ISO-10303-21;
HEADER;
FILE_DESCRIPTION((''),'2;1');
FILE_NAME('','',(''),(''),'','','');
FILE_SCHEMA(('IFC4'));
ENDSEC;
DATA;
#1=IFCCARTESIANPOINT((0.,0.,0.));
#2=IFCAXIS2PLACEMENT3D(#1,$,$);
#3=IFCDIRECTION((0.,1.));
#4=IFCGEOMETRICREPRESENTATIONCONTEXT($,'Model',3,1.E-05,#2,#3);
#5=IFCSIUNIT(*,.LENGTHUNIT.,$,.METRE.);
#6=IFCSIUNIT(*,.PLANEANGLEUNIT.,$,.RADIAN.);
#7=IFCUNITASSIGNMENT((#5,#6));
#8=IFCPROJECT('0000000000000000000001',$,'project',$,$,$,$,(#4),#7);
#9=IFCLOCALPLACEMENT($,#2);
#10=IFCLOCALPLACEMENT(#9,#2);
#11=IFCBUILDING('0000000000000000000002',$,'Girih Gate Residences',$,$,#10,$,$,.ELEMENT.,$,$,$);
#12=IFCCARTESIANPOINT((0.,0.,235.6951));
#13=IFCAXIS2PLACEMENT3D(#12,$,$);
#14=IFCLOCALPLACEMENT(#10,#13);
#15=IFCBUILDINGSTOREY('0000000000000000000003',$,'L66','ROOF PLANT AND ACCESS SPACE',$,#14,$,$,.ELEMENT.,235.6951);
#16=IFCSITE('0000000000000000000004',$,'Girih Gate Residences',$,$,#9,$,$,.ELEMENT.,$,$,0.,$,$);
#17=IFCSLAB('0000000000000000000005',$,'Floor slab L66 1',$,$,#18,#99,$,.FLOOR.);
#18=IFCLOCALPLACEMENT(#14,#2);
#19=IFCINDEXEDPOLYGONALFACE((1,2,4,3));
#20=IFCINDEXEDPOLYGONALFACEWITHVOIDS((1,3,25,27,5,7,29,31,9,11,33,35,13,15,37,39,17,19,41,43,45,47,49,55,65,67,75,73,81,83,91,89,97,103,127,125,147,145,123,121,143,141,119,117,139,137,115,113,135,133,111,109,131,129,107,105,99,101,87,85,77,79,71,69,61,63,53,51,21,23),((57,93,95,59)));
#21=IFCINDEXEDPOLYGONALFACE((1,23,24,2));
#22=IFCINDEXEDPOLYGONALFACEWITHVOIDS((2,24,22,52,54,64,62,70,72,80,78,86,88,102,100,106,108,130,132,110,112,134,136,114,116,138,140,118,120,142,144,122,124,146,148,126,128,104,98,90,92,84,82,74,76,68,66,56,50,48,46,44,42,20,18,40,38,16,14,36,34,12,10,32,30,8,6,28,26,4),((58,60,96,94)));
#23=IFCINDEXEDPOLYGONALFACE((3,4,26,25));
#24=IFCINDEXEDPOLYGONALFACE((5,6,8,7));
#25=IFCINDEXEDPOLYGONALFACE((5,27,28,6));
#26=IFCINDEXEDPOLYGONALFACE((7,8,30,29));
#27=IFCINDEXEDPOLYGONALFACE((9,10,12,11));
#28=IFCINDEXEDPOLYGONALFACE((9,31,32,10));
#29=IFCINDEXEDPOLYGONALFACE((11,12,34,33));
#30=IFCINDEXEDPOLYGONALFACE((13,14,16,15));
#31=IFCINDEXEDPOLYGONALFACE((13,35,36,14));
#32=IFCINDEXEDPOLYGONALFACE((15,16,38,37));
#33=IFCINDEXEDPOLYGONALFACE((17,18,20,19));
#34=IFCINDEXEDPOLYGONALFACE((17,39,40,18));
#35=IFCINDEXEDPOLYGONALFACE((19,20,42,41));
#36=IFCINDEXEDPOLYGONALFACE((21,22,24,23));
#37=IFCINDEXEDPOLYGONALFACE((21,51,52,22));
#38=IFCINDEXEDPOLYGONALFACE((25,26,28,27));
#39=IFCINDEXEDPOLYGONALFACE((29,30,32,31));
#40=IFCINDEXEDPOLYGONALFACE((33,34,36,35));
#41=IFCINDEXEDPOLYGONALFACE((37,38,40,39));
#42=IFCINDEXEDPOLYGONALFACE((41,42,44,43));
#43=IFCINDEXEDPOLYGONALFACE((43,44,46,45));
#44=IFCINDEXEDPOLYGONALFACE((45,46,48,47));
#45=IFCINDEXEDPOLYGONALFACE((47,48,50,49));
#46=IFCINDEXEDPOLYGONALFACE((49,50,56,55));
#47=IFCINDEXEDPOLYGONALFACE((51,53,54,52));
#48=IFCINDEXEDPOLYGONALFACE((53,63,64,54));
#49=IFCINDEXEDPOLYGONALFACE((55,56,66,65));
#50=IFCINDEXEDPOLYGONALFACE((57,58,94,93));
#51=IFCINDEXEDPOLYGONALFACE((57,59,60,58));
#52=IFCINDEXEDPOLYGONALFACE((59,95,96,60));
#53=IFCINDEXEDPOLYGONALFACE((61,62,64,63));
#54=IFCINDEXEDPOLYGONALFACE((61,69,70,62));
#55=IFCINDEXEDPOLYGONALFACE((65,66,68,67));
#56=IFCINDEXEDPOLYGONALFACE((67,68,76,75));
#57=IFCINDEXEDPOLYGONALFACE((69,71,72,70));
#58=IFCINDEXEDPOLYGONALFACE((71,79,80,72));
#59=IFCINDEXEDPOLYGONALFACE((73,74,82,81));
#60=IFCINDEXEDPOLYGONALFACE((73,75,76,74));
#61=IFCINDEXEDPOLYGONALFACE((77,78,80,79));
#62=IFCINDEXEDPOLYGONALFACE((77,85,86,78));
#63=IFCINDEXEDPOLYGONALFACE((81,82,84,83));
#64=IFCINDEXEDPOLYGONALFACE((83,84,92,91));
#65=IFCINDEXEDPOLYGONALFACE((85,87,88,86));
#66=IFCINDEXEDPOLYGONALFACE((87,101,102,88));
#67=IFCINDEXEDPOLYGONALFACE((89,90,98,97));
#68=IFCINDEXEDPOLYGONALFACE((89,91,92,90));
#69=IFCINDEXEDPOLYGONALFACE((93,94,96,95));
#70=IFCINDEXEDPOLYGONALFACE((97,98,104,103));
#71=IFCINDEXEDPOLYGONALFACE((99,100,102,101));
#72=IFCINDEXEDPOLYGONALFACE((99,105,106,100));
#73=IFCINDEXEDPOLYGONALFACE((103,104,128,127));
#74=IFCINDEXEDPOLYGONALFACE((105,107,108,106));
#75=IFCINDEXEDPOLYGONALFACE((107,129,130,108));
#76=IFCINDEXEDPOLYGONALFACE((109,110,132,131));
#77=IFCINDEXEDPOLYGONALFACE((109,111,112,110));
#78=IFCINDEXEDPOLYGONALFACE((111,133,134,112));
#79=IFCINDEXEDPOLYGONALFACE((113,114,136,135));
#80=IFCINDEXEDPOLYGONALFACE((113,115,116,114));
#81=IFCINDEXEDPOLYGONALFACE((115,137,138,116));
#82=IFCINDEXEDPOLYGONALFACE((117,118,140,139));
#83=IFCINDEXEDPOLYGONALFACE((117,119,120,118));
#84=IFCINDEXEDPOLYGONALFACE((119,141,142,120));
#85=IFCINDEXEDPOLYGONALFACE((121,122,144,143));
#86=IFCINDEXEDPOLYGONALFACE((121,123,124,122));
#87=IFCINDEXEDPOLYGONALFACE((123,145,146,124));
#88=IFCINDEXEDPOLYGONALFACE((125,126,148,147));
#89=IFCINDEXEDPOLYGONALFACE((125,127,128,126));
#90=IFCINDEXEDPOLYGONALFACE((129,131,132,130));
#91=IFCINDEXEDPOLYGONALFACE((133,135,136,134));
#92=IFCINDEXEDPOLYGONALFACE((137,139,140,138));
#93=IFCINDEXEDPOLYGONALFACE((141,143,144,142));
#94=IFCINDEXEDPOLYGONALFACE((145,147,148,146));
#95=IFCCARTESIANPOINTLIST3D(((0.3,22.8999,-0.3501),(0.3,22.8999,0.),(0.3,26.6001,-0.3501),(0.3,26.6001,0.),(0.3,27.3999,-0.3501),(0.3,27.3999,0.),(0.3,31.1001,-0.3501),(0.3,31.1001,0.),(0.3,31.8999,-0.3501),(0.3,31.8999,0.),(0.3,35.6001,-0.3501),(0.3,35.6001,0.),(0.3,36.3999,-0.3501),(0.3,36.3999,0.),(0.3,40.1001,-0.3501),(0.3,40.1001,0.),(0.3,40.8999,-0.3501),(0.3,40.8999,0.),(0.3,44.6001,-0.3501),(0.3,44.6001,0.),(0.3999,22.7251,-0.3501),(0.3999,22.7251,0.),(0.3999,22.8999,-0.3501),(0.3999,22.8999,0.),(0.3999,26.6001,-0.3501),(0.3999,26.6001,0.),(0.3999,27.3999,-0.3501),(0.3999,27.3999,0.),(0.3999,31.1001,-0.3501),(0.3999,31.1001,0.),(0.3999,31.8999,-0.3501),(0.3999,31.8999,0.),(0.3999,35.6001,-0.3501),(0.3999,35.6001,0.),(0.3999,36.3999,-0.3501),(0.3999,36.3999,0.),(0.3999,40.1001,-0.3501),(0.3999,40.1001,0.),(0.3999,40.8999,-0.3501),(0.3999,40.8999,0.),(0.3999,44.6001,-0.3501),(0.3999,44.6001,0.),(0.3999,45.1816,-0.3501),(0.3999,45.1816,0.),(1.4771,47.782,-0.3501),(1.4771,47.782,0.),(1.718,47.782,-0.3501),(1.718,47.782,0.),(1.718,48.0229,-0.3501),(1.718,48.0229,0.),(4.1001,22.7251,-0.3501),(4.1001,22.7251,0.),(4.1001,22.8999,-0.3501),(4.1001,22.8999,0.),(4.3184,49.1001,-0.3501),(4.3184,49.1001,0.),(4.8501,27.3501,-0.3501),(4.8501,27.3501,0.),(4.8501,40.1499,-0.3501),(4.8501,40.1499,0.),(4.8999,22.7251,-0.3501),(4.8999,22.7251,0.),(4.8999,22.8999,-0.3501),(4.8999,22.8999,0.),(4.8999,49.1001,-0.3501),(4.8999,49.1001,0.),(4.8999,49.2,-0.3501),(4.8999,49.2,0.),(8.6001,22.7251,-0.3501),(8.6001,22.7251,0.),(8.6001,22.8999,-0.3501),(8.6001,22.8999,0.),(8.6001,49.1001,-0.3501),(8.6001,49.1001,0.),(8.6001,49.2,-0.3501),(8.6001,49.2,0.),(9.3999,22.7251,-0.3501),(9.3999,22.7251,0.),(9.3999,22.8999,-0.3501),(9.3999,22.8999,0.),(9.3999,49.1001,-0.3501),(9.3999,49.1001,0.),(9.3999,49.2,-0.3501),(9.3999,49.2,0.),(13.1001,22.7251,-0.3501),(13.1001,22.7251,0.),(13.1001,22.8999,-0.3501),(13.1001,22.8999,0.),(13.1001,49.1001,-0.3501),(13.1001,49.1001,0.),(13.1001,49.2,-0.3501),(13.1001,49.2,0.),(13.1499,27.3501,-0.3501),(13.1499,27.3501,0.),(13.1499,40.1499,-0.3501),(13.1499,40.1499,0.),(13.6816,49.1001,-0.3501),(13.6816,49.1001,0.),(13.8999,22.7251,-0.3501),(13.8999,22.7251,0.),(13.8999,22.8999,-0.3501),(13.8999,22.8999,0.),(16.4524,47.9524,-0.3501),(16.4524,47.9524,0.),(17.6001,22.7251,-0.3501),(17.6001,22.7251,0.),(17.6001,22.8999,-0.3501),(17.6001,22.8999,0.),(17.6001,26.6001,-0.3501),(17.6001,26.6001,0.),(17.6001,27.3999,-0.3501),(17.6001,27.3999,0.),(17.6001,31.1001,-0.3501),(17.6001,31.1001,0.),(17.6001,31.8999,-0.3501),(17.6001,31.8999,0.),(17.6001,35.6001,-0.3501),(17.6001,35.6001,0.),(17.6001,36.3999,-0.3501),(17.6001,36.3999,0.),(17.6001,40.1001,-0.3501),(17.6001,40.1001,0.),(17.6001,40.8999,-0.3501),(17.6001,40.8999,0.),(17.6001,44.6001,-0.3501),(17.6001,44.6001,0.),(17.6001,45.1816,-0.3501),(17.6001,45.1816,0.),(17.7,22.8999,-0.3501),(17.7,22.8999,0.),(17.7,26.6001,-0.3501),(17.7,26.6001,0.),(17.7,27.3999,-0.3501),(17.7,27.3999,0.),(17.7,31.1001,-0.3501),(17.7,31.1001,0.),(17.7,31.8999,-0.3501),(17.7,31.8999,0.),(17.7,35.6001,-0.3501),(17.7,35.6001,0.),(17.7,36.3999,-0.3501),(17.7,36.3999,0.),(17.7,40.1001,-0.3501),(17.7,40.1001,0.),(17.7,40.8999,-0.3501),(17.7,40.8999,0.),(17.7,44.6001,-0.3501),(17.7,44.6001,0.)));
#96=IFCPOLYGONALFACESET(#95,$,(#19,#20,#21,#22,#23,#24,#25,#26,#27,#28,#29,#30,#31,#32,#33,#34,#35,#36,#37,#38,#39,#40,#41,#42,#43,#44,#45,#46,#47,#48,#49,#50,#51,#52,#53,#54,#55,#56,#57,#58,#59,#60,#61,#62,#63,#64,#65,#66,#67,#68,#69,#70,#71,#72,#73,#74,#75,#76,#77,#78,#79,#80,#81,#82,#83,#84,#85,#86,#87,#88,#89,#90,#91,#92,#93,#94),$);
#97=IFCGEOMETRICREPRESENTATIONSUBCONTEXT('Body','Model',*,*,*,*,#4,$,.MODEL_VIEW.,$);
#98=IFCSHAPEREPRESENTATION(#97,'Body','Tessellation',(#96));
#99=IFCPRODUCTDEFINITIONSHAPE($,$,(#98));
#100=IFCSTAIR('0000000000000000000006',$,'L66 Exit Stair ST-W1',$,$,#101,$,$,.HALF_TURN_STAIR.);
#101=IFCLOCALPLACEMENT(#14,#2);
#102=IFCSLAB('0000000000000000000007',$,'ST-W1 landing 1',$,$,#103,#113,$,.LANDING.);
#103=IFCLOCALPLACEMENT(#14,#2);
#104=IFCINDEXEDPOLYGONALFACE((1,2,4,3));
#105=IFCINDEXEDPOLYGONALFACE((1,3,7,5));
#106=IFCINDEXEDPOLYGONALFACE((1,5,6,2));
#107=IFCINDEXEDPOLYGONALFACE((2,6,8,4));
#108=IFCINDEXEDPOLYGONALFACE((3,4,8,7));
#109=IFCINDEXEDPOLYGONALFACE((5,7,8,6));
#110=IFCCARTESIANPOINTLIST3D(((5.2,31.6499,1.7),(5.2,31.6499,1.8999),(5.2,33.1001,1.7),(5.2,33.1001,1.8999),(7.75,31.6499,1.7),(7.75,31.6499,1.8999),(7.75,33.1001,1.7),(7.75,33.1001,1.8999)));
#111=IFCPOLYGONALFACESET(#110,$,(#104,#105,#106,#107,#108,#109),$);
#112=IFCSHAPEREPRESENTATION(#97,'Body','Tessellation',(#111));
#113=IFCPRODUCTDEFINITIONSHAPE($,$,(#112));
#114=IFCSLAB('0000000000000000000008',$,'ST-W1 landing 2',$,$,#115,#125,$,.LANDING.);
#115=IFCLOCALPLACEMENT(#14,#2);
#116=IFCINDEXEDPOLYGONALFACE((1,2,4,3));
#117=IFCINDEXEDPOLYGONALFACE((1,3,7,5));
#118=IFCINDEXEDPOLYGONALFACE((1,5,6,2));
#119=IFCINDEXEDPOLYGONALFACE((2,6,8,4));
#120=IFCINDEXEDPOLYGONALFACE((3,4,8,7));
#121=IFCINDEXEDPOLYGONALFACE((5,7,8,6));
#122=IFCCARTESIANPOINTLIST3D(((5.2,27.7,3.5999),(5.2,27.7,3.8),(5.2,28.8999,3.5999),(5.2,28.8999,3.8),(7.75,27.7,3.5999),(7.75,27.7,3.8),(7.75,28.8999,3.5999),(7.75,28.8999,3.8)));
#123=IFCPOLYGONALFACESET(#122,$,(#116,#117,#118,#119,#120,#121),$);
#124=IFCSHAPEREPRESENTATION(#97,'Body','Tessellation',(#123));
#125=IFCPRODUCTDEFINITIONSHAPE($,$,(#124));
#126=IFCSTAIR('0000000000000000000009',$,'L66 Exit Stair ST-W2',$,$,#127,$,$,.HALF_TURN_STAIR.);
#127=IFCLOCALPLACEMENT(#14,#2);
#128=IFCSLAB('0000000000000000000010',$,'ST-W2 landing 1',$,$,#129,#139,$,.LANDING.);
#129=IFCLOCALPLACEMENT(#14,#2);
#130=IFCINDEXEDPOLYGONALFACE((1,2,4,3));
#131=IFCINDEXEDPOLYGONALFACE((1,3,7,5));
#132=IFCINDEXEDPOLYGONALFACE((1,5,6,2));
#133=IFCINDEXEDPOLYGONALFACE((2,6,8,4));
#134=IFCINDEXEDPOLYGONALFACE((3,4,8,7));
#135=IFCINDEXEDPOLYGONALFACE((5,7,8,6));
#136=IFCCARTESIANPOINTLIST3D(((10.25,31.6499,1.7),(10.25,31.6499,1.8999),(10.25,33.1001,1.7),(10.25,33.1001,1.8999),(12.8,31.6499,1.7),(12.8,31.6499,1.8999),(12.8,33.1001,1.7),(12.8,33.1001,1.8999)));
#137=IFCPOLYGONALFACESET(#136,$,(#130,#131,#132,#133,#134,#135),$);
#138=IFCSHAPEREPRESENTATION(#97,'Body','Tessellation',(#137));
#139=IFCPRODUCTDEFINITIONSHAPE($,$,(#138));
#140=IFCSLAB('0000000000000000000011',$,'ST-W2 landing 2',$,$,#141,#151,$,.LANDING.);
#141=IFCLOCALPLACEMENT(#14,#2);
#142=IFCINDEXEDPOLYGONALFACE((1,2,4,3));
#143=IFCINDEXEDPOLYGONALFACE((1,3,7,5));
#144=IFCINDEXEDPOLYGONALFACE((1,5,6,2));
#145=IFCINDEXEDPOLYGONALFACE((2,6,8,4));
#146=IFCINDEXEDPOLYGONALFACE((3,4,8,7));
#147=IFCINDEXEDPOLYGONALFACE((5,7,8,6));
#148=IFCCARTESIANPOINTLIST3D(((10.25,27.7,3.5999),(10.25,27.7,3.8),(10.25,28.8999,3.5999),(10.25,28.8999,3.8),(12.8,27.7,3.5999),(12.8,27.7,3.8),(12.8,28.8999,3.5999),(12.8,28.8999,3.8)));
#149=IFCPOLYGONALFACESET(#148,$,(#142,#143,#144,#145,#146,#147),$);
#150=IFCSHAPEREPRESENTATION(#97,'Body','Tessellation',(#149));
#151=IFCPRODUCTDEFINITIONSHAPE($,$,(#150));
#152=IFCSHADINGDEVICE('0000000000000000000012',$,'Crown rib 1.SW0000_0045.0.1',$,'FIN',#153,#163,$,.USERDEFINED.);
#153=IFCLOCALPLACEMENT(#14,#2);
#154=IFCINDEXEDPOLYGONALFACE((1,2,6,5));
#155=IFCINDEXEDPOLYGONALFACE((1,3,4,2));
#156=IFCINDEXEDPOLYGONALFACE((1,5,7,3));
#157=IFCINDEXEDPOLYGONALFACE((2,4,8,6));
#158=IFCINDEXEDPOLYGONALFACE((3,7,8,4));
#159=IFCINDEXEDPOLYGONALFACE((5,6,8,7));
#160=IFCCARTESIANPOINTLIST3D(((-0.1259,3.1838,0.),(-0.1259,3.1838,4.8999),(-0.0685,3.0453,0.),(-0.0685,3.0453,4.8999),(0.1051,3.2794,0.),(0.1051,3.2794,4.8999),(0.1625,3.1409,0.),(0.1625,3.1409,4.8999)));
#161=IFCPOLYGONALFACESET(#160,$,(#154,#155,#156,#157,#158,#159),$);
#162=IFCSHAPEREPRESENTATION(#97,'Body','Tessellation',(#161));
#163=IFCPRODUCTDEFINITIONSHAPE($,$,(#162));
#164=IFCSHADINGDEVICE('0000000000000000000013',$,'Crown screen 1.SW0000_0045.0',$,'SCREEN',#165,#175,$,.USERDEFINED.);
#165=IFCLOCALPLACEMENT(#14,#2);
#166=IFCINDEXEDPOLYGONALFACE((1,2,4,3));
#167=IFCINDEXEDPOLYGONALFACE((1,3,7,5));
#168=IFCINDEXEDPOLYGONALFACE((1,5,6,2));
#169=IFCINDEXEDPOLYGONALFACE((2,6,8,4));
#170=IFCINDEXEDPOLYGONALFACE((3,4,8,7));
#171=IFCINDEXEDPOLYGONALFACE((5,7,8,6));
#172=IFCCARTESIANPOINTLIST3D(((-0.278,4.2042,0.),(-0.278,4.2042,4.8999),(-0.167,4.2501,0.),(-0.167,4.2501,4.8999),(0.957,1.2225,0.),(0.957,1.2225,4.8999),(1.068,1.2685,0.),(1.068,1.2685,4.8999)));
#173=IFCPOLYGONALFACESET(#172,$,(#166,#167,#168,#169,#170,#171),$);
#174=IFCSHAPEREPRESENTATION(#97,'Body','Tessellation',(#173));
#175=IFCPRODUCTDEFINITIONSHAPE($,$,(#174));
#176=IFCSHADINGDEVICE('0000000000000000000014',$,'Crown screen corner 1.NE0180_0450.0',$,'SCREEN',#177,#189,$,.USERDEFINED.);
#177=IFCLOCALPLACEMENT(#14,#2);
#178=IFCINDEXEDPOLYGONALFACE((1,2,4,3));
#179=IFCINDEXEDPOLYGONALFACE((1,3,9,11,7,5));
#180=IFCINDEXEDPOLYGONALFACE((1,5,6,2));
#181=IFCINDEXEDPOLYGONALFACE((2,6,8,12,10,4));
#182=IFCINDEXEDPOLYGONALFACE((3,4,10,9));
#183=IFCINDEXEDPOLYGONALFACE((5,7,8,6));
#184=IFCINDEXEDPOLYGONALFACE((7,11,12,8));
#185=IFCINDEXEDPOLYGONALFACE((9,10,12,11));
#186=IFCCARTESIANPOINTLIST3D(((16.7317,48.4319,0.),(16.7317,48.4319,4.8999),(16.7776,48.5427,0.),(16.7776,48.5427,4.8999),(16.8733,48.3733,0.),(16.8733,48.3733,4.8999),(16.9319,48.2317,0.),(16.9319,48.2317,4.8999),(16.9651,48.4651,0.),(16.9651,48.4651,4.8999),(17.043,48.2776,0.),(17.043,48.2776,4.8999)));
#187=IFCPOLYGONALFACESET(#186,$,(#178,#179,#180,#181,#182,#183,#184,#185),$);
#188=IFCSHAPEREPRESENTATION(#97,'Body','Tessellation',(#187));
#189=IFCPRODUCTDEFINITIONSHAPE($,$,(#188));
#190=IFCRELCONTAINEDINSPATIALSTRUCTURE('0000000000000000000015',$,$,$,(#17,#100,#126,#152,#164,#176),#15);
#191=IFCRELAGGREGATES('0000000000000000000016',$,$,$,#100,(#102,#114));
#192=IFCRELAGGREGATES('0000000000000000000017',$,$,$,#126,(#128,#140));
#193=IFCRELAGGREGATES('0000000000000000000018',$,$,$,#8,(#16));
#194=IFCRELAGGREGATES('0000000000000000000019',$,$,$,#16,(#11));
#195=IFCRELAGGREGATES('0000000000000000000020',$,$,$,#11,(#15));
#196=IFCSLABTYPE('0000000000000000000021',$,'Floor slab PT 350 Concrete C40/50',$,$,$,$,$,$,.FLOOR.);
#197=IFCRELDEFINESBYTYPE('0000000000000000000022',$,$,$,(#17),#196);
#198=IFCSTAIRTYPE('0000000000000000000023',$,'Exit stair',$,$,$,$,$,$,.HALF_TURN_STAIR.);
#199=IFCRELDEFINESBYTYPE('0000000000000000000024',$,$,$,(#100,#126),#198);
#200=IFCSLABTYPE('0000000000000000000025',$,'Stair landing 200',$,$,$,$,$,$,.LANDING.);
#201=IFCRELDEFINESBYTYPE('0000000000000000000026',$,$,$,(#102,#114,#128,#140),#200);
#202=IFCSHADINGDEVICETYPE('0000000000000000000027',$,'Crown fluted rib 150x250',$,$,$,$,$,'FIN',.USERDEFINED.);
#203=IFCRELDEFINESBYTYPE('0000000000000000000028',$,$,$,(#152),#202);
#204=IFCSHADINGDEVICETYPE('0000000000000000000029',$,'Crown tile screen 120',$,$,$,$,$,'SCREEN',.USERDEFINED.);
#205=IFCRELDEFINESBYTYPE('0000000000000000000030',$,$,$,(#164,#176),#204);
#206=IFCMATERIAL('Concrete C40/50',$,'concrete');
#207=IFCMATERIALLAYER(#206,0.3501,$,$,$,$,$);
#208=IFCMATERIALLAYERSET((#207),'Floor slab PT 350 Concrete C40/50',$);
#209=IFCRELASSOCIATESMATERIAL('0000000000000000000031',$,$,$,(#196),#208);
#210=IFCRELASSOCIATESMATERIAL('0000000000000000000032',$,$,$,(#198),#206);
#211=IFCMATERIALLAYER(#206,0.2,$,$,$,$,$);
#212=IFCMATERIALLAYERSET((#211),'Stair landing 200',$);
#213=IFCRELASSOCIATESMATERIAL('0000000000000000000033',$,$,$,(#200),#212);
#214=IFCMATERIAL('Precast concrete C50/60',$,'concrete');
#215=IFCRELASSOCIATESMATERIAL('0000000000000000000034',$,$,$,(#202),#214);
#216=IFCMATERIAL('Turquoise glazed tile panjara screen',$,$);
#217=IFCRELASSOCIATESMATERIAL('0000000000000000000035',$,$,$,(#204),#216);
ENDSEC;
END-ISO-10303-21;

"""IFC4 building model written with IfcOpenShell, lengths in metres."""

from ifc_helpers import new_model, si_unit, direction, frame, origin, origin_2d, place, context, subcontext, project, spatial, polyline, rectangle, outline, extrude, material, layer, layer_set, type_object, element, aggregate, save


model = new_model("IFC4")

# Units and contexts
model_context = context("Model", 3, precision=1e-05, world=origin(), true_north=direction((0.0, 1.0)))
body_context = subcontext(model_context, "Body", "Model", "MODEL_VIEW")
ifc_project = project(units=[si_unit("LENGTHUNIT", "METRE"), si_unit("PLANEANGLEUNIT", "RADIAN")], contexts=[model_context])

# Site, building, storey
site_placement = place(None, origin())
site = spatial("IfcSite", under=ifc_project, at=site_placement, Name="Girih Gate Residences", CompositionType="ELEMENT", RefElevation=0.0)
building_placement = place(site_placement, origin())
building = spatial("IfcBuilding", under=site, at=building_placement, Name="Girih Gate Residences", CompositionType="ELEMENT")
storey_placement = place(building_placement, frame((0.0, 0.0, 235.6951)))
storey = spatial("IfcBuildingStorey", under=building, at=storey_placement, Name="L66", Description="ROOF PLANT AND ACCESS SPACE", CompositionType="ELEMENT", Elevation=235.6951)

# Slab
ifc_material_1 = material(Name="Concrete C40/50", Category="concrete")
ifc_layer_1 = layer(ifc_material_1, 0.3501)
ifc_layer_set_1 = layer_set([ifc_layer_1], Name="Floor slab PT 350 Concrete C40/50")
slab_type_1 = type_object("IfcSlabType", Name="Floor slab PT 350 Concrete C40/50", PredefinedType="FLOOR", material=ifc_layer_set_1)
slab_1_placement = place(storey_placement, frame((0.0, 0.0, -0.3501)))
element("IfcSlab", 1, at=slab_1_placement, inside=storey, type_object=slab_type_1, Name="Floor slab L66 1", PredefinedType="FLOOR", context=body_context, shape_type="SweptSolid", body=[
    extrude(outline(polyline([(17.7, 40.8999), (17.7, 44.6001), (17.6001, 44.6001), (17.6001, 45.1816), (16.4524, 47.9524), (13.6816, 49.1001), (13.1001, 49.1001), (13.1001, 49.2), (9.3999, 49.2), (9.3999, 49.1001), (8.6001, 49.1001), (8.6001, 49.2), (4.8999, 49.2), (4.8999, 49.1001), (4.3184, 49.1001), (1.718, 48.0229), (1.718, 47.782), (1.4771, 47.782), (0.3999, 45.1816), (0.3999, 44.6001), (0.3, 44.6001), (0.3, 40.8999), (0.3999, 40.8999), (0.3999, 40.1001), (0.3, 40.1001), (0.3, 36.3999), (0.3999, 36.3999), (0.3999, 35.6001), (0.3, 35.6001), (0.3, 31.8999), (0.3999, 31.8999), (0.3999, 31.1001), (0.3, 31.1001), (0.3, 27.3999), (0.3999, 27.3999), (0.3999, 26.6001), (0.3, 26.6001), (0.3, 22.8999), (0.3999, 22.8999), (0.3999, 22.7251), (4.1001, 22.7251), (4.1001, 22.8999), (4.8999, 22.8999), (4.8999, 22.7251), (8.6001, 22.7251), (8.6001, 22.8999), (9.3999, 22.8999), (9.3999, 22.7251), (13.1001, 22.7251), (13.1001, 22.8999), (13.8999, 22.8999), (13.8999, 22.7251), (17.6001, 22.7251), (17.6001, 22.8999), (17.7, 22.8999), (17.7, 26.6001), (17.6001, 26.6001), (17.6001, 27.3999), (17.7, 27.3999), (17.7, 31.1001), (17.6001, 31.1001), (17.6001, 31.8999), (17.7, 31.8999), (17.7, 35.6001), (17.6001, 35.6001), (17.6001, 36.3999), (17.7, 36.3999), (17.7, 40.1001), (17.6001, 40.1001), (17.6001, 40.8999), (17.7, 40.8999)]), holes=[polyline([(4.8501, 27.3501), (4.8501, 40.1499), (13.1499, 40.1499), (13.1499, 27.3501), (4.8501, 27.3501)])]), origin(), (0.0, 0.0, 1.0), 0.3501),
])

# Stairs, slabs
stair_type = type_object("IfcStairType", Name="Exit stair", PredefinedType="HALF_TURN_STAIR", material=ifc_material_1)
stair_1_placement = place(storey_placement, origin())
stair_1 = element("IfcStair", 2, at=stair_1_placement, inside=storey, type_object=stair_type, Name="L66 Exit Stair ST-W1", PredefinedType="HALF_TURN_STAIR")
ifc_layer_2 = layer(ifc_material_1, 0.2)
ifc_layer_set_2 = layer_set([ifc_layer_2], Name="Stair landing 200")
slab_type_2 = type_object("IfcSlabType", Name="Stair landing 200", PredefinedType="LANDING", material=ifc_layer_set_2)
slab_2_placement = place(storey_placement, frame((0.0, 0.0, 1.7)))
slab_2 = element("IfcSlab", 3, at=slab_2_placement, type_object=slab_type_2, Name="ST-W1 landing 1", PredefinedType="LANDING", context=body_context, shape_type="SweptSolid", body=[
    extrude(outline(polyline([(7.75, 31.6499), (7.75, 33.1001), (5.2, 33.1001), (5.2, 31.6499), (7.75, 31.6499)])), origin(), (0.0, 0.0, 1.0), 0.2),
])
slab_3_placement = place(storey_placement, frame((0.0, 0.0, 3.5999)))
slab_3 = element("IfcSlab", 4, at=slab_3_placement, type_object=slab_type_2, Name="ST-W1 landing 2", PredefinedType="LANDING", context=body_context, shape_type="SweptSolid", body=[
    extrude(outline(polyline([(7.75, 27.7), (7.75, 28.8999), (5.2, 28.8999), (5.2, 27.7), (7.75, 27.7)])), origin(), (0.0, 0.0, 1.0), 0.2002),
])
aggregate(stair_1, [slab_2, slab_3])
stair_2_placement = place(storey_placement, origin())
stair_2 = element("IfcStair", 5, at=stair_2_placement, inside=storey, type_object=stair_type, Name="L66 Exit Stair ST-W2", PredefinedType="HALF_TURN_STAIR")
slab_4_placement = place(storey_placement, frame((0.0, 0.0, 1.7)))
slab_4 = element("IfcSlab", 6, at=slab_4_placement, type_object=slab_type_2, Name="ST-W2 landing 1", PredefinedType="LANDING", context=body_context, shape_type="SweptSolid", body=[
    extrude(outline(polyline([(12.8, 31.6499), (12.8, 33.1001), (10.25, 33.1001), (10.25, 31.6499), (12.8, 31.6499)])), origin(), (0.0, 0.0, 1.0), 0.2),
])
slab_5_placement = place(storey_placement, frame((0.0, 0.0, 3.5999)))
slab_5 = element("IfcSlab", 7, at=slab_5_placement, type_object=slab_type_2, Name="ST-W2 landing 2", PredefinedType="LANDING", context=body_context, shape_type="SweptSolid", body=[
    extrude(outline(polyline([(12.8, 27.7), (12.8, 28.8999), (10.25, 28.8999), (10.25, 27.7), (12.8, 27.7)])), origin(), (0.0, 0.0, 1.0), 0.2002),
])
aggregate(stair_2, [slab_4, slab_5])

# Shading devices
ifc_material_2 = material(Name="Precast concrete C50/60", Category="concrete")
shading_device_type_1 = type_object("IfcShadingDeviceType", Name="Crown fluted rib 150x250", ElementType="FIN", PredefinedType="USERDEFINED", material=ifc_material_2)
shading_device_1_placement = place(storey_placement, frame((0.0183, 3.1624, 0.0), z_axis=(0.0, 0.0, 1.0), x_axis=(0.382683, -0.92388, 0.0)))
element("IfcShadingDevice", 8, at=shading_device_1_placement, inside=storey, type_object=shading_device_type_1, Name="Crown rib 1.SW0000_0045.0.1", ObjectType="FIN", PredefinedType="USERDEFINED", context=body_context, shape_type="SweptSolid", body=[
    extrude(rectangle(XDim=0.1499, YDim=0.25, at=origin_2d()), origin(), (0.0, 0.0, 1.0), 4.8999),
])
ifc_material_3 = material(Name="Turquoise glazed tile panjara screen")
shading_device_type_2 = type_object("IfcShadingDeviceType", Name="Crown tile screen 120", ElementType="SCREEN", PredefinedType="USERDEFINED", material=ifc_material_3)
shading_device_2_placement = place(storey_placement, frame((0.395, 2.7363, 0.0), z_axis=(0.0, 0.0, 1.0), x_axis=(0.382683, -0.92388, 0.0)))
element("IfcShadingDevice", 9, at=shading_device_2_placement, inside=storey, type_object=shading_device_type_2, Name="Crown screen 1.SW0000_0045.0", ObjectType="SCREEN", PredefinedType="USERDEFINED", context=body_context, shape_type="SweptSolid", body=[
    extrude(rectangle(XDim=3.2273, YDim=0.1201, at=origin_2d()), origin(), (0.0, 0.0, 1.0), 4.8999),
])
shading_device_3_placement = place(storey_placement, origin())
element("IfcShadingDevice", 10, at=shading_device_3_placement, inside=storey, type_object=shading_device_type_2, Name="Crown screen corner 1.NE0180_0450.0", ObjectType="SCREEN", PredefinedType="USERDEFINED", context=body_context, shape_type="SweptSolid", body=[
    extrude(outline(polyline([(16.9651, 48.4651), (17.043, 48.2776), (16.9319, 48.2317), (16.8733, 48.3733), (16.7317, 48.4319), (16.7776, 48.5427), (16.9651, 48.4651)])), origin(), (0.0, 0.0, 1.0), 4.8999),
])

save(model, "model.ifc")
